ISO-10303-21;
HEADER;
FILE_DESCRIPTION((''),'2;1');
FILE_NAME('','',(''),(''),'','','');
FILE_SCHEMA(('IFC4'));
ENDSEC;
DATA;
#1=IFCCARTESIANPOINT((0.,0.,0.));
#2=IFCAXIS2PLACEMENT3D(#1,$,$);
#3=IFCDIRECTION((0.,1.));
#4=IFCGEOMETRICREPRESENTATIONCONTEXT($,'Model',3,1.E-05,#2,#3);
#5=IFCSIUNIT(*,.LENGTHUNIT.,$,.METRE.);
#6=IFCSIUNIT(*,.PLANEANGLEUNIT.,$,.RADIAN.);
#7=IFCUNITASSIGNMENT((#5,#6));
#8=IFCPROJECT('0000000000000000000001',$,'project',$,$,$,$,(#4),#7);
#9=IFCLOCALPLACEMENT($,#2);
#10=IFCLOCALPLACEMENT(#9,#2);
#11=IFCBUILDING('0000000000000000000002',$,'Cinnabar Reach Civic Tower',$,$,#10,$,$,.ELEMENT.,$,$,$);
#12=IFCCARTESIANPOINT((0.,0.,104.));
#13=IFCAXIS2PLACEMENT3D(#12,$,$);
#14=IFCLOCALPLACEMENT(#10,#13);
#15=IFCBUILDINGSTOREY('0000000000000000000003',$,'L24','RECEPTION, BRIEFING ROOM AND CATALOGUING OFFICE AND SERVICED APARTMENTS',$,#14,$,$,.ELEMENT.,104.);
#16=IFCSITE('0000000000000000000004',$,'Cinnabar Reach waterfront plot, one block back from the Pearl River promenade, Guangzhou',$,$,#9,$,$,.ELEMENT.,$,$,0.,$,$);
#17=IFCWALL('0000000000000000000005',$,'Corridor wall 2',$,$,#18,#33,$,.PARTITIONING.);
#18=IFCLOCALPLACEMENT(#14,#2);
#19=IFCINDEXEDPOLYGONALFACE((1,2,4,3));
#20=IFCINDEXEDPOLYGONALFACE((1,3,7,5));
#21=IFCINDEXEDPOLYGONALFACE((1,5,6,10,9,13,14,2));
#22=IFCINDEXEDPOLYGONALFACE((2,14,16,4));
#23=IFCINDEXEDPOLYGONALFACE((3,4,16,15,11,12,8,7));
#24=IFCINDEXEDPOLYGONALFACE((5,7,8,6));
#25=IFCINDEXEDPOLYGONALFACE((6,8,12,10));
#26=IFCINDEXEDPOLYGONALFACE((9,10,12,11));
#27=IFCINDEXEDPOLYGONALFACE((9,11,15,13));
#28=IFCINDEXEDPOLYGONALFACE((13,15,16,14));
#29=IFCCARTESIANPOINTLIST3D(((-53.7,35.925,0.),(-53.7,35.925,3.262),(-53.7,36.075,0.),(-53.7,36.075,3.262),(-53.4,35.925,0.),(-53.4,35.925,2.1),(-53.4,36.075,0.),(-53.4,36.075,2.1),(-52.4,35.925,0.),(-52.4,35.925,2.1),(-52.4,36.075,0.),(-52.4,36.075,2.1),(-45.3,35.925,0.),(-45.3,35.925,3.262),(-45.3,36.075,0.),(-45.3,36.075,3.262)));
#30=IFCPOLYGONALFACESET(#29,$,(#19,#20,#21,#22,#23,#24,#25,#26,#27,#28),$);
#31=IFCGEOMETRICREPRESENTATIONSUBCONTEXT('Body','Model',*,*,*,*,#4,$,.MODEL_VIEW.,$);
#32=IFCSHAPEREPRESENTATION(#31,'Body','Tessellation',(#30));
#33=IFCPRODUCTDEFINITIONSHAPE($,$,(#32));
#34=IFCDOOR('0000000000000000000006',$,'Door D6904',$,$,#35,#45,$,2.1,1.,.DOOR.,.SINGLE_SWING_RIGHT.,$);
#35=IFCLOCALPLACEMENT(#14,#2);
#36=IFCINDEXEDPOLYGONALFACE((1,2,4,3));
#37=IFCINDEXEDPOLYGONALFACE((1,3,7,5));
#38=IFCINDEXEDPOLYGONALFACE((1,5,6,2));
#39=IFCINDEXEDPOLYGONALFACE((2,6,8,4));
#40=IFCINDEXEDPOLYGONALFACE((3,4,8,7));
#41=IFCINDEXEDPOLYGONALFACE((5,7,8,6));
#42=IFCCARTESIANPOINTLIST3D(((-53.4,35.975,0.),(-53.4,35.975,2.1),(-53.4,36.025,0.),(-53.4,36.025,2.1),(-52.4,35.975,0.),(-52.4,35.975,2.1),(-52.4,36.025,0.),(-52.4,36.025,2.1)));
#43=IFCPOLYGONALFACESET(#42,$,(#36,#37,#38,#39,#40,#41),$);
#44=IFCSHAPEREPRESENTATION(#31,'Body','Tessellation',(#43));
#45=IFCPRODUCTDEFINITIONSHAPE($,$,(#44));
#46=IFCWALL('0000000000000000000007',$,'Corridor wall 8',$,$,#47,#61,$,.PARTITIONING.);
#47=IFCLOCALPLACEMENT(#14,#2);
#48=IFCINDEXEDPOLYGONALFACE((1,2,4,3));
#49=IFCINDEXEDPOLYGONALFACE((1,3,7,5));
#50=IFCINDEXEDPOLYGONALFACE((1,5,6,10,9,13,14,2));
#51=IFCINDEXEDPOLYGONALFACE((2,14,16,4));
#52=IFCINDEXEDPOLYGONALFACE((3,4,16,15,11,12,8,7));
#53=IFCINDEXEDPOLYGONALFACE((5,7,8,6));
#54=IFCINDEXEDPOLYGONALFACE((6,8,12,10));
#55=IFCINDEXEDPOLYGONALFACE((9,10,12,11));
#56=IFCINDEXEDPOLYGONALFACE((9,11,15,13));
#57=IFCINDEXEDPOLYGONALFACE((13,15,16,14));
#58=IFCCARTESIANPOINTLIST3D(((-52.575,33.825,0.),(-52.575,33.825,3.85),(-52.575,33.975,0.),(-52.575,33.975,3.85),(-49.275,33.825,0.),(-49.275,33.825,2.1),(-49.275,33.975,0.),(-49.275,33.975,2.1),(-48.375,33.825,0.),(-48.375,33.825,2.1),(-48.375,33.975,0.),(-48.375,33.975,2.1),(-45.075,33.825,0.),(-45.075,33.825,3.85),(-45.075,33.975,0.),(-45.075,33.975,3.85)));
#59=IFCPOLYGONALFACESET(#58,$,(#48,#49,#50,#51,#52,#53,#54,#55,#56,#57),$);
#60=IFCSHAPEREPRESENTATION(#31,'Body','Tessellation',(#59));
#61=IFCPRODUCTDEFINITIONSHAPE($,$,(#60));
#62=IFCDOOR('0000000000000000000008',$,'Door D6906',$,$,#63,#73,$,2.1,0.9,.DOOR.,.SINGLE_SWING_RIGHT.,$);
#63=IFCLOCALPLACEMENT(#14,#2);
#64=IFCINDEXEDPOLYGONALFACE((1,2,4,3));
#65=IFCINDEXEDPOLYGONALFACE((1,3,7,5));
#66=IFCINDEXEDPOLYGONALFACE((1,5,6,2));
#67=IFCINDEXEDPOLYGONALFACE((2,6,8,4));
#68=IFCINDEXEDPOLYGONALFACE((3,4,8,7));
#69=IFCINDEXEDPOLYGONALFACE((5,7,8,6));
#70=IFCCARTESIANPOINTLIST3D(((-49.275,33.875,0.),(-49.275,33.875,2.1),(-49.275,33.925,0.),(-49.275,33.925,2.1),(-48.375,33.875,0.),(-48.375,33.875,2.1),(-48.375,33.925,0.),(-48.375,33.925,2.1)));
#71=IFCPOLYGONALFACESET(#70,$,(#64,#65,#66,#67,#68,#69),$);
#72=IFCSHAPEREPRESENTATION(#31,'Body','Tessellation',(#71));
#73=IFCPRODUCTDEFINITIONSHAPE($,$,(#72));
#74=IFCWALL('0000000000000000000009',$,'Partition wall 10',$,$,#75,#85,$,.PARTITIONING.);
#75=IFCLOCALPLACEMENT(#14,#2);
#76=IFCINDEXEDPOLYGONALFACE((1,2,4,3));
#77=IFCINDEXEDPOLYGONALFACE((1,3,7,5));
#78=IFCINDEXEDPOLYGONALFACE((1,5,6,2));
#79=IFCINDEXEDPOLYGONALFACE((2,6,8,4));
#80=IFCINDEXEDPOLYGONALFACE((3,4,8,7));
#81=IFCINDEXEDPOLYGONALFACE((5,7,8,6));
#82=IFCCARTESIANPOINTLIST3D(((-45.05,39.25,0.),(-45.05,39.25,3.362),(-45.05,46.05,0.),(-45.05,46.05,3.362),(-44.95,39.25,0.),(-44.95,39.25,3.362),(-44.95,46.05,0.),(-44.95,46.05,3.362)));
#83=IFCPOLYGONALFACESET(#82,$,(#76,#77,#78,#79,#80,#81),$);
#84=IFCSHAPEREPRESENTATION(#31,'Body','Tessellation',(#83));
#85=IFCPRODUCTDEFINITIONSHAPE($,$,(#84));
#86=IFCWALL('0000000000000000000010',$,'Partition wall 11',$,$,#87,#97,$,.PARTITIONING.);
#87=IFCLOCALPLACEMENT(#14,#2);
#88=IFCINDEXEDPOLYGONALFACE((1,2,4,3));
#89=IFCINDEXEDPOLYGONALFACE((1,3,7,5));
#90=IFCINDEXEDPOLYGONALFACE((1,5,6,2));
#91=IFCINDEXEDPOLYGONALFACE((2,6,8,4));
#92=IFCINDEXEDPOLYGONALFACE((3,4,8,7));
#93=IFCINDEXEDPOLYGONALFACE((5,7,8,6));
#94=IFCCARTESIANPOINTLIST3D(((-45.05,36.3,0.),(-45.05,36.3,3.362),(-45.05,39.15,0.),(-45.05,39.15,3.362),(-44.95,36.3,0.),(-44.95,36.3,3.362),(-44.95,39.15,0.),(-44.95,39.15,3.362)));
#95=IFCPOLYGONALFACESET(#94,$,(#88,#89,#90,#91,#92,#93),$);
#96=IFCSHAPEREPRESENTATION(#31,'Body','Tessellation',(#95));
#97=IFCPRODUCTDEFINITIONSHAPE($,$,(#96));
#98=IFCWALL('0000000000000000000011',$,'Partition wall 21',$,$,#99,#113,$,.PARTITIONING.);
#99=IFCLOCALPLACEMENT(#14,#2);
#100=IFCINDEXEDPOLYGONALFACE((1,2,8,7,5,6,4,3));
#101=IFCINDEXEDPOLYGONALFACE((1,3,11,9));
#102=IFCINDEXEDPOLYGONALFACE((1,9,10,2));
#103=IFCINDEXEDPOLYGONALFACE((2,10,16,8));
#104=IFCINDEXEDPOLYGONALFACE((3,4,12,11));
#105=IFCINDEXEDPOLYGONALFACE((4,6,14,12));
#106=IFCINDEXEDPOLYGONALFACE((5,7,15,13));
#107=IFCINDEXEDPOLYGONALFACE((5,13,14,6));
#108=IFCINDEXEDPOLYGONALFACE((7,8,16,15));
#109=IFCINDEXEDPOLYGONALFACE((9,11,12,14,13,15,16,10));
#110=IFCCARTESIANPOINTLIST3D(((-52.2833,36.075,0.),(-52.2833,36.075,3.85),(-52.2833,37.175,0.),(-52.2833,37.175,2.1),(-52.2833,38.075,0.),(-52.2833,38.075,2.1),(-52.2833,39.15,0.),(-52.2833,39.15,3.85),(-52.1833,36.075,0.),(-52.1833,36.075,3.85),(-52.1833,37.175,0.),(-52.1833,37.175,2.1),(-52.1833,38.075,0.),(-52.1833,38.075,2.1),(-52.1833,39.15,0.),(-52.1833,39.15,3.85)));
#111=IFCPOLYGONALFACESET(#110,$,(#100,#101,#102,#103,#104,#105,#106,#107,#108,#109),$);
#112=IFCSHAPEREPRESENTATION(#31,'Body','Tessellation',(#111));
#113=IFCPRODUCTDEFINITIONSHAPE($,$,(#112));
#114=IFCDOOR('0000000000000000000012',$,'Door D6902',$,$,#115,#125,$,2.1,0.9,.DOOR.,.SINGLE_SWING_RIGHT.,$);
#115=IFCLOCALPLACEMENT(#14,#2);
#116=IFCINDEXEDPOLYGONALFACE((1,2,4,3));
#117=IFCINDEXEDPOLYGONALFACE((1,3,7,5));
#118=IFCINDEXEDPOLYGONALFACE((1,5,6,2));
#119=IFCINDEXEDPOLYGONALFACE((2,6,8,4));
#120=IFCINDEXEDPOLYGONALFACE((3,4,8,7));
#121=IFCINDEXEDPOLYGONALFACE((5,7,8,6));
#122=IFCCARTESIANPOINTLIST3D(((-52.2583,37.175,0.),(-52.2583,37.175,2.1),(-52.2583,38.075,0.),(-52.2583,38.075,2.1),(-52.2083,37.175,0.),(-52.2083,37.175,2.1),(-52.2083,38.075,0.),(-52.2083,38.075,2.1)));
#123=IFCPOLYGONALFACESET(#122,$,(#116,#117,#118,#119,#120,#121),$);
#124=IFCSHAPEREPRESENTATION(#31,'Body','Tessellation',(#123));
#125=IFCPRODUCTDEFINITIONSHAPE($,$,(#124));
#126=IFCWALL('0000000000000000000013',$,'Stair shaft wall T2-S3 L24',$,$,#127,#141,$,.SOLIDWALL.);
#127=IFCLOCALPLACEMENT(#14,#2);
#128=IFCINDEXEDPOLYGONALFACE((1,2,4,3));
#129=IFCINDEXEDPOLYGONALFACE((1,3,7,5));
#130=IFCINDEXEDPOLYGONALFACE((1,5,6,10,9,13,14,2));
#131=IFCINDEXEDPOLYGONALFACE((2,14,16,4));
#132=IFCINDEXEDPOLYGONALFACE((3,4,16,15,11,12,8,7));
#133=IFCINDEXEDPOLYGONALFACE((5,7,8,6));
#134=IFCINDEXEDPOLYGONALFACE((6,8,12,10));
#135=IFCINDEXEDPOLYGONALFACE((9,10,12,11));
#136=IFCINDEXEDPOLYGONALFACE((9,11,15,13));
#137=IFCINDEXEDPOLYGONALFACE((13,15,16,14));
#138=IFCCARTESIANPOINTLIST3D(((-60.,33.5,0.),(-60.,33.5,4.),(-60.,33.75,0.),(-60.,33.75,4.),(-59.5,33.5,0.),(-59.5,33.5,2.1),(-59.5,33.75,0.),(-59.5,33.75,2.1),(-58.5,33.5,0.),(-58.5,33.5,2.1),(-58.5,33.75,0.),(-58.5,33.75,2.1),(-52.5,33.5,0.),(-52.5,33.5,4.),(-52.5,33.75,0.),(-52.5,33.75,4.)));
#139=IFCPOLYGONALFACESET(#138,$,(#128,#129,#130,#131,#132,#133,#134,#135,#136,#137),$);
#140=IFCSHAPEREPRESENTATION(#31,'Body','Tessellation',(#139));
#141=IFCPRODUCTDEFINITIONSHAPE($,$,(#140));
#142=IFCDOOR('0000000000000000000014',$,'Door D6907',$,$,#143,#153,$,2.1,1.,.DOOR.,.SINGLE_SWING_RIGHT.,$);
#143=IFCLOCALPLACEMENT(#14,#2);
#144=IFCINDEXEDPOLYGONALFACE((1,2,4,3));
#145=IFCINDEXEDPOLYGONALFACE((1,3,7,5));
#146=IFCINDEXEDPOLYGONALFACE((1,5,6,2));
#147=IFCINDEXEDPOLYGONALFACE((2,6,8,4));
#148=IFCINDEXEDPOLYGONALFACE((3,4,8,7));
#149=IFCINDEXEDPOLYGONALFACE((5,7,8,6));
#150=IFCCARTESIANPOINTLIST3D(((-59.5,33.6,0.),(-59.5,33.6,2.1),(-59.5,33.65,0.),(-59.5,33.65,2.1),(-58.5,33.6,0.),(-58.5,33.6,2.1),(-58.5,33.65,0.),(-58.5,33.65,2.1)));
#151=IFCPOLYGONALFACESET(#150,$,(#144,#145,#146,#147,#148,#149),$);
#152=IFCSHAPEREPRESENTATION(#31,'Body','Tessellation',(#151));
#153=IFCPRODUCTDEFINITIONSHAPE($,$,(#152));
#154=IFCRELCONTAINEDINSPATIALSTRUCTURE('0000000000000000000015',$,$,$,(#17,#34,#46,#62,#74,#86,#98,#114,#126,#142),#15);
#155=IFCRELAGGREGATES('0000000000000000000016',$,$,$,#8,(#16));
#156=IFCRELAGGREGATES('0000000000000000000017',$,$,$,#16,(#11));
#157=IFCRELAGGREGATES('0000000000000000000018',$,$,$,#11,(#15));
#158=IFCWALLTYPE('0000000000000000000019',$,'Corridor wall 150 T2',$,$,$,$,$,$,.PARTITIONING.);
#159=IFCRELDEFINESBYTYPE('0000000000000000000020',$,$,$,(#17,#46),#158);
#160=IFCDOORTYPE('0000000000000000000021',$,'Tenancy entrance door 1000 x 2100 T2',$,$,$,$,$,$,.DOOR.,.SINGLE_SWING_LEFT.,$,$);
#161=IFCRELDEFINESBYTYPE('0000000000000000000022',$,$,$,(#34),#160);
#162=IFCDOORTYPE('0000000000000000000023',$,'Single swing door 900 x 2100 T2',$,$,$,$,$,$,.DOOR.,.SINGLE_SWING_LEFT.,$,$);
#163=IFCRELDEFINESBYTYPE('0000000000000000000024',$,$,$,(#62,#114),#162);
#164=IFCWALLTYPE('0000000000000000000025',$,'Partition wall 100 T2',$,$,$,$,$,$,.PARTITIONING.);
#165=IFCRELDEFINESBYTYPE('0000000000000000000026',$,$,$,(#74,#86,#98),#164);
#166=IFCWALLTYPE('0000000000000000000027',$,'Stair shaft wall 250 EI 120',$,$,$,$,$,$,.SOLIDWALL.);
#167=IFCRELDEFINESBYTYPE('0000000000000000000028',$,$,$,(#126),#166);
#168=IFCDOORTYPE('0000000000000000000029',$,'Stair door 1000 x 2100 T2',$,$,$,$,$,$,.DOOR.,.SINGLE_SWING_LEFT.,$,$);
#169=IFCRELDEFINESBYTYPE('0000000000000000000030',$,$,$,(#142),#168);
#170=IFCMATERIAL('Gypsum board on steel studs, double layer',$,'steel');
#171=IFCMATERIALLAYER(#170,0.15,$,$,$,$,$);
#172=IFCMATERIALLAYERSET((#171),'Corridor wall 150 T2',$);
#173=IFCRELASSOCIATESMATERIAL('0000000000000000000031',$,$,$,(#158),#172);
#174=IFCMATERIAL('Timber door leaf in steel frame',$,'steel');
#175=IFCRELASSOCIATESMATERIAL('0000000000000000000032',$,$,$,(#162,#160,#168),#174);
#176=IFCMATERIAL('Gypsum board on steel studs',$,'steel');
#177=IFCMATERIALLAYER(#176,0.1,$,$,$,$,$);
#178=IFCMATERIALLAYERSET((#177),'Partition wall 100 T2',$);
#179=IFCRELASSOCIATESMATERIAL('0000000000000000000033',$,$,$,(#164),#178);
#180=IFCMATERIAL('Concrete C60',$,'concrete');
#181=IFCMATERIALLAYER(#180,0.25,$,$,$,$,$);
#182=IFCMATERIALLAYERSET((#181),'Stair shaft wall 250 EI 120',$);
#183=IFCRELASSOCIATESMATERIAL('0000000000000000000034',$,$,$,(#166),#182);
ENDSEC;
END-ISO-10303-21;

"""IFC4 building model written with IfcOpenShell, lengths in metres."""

from ifc_helpers import new_model, si_unit, direction, frame, frame_2d, origin, place, context, subcontext, project, spatial, rectangle, extrude, material, layer, layer_set, type_object, element, fill, save


model = new_model("IFC4")

# Units and contexts
model_context = context("Model", 3, precision=1e-05, world=origin(), true_north=direction((0.0, 1.0)))
body_context = subcontext(model_context, "Body", "Model", "MODEL_VIEW")
ifc_project = project(units=[si_unit("LENGTHUNIT", "METRE"), si_unit("PLANEANGLEUNIT", "RADIAN")], contexts=[model_context])

# Site, building, storey
site_placement = place(None, origin())
site = spatial("IfcSite", under=ifc_project, at=site_placement, Name="Cinnabar Reach waterfront plot, one block back from the Pearl River promenade, Guangzhou", CompositionType="ELEMENT", RefElevation=0.0)
building_placement = place(site_placement, origin())
building = spatial("IfcBuilding", under=site, at=building_placement, Name="Cinnabar Reach Civic Tower", CompositionType="ELEMENT")
storey_placement = place(building_placement, frame((0.0, 0.0, 104.0)))
storey = spatial("IfcBuildingStorey", under=building, at=storey_placement, Name="L24", Description="RECEPTION, BRIEFING ROOM AND CATALOGUING OFFICE AND SERVICED APARTMENTS", CompositionType="ELEMENT", Elevation=104.0)

# Shared definitions
ifc_material_1 = material(Name="Concrete C60", Category="concrete")

# Walls, openings, doors
ifc_material_2 = material(Name="Gypsum board on steel studs, double layer", Category="steel")
ifc_layer_1 = layer(ifc_material_2, 0.15)
ifc_layer_set_1 = layer_set([ifc_layer_1], Name="Corridor wall 150 T2")
wall_type_1 = type_object("IfcWallType", Name="Corridor wall 150 T2", PredefinedType="PARTITIONING", material=ifc_layer_set_1)
ifc_material_3 = material(Name="Timber door leaf in steel frame", Category="steel")
door_type_1 = type_object("IfcDoorType", Name="Single swing door 900 x 2100 T2", OperationType="SINGLE_SWING_LEFT", PredefinedType="DOOR", material=ifc_material_3)
wall_1_placement = place(storey_placement, frame((-53.7, 36.0, 0.0), z_axis=(0.0, 0.0, 1.0), x_axis=(1.0, 0.0, 0.0)))
wall_1 = element("IfcWall", 1, at=wall_1_placement, inside=storey, type_object=wall_type_1, Name="Corridor wall 2", PredefinedType="PARTITIONING", context=body_context, shape_type="SweptSolid", body=[
    extrude(rectangle(XDim=8.4, YDim=0.15, at=frame_2d((4.2, 0.0))), origin(), (0.0, 0.0, 1.0), 3.262),
])
opening_1_placement = place(wall_1_placement, frame((0.3, 0.0, 0.0)))
opening_1 = element("IfcOpeningElement", 2, at=opening_1_placement, cuts=wall_1, PredefinedType="OPENING", context=body_context, shape_type="SweptSolid", body=[
    extrude(rectangle(XDim=1.0, YDim=2.1, at=frame_2d((0.5, 1.05))), frame((0.0, 0.085, 0.0), z_axis=(0.0, -1.0, 0.0), x_axis=(1.0, 0.0, 0.0)), (0.0, 0.0, 1.0), 0.17),
])
door_type_2 = type_object("IfcDoorType", Name="Tenancy entrance door 1000 x 2100 T2", OperationType="SINGLE_SWING_LEFT", PredefinedType="DOOR", material=ifc_material_3)
door_1_placement = place(opening_1_placement, origin())
door_1 = element("IfcDoor", 3, at=door_1_placement, inside=storey, type_object=door_type_2, Name="Door D6904", OperationType="SINGLE_SWING_RIGHT", OverallHeight=2.1, OverallWidth=1.0, PredefinedType="DOOR", context=body_context, shape_type="SweptSolid", body=[
    extrude(rectangle(XDim=1.0, YDim=2.1, at=frame_2d((0.5, 1.05))), frame((0.0, 0.025, 0.0), z_axis=(0.0, -1.0, 0.0), x_axis=(1.0, 0.0, 0.0)), (0.0, 0.0, 1.0), 0.05),
])
fill(opening_1, door_1)
wall_2_placement = place(storey_placement, frame((-52.575, 33.9, 0.0), z_axis=(0.0, 0.0, 1.0), x_axis=(1.0, 0.0, 0.0)))
wall_2 = element("IfcWall", 4, at=wall_2_placement, inside=storey, type_object=wall_type_1, Name="Corridor wall 8", PredefinedType="PARTITIONING", context=body_context, shape_type="SweptSolid", body=[
    extrude(rectangle(XDim=7.5, YDim=0.15, at=frame_2d((3.75, 0.0))), origin(), (0.0, 0.0, 1.0), 3.85),
])
opening_2_placement = place(wall_2_placement, frame((3.3, 0.0, 0.0)))
opening_2 = element("IfcOpeningElement", 5, at=opening_2_placement, cuts=wall_2, PredefinedType="OPENING", context=body_context, shape_type="SweptSolid", body=[
    extrude(rectangle(XDim=0.9, YDim=2.1, at=frame_2d((0.45, 1.05))), frame((0.0, 0.085, 0.0), z_axis=(0.0, -1.0, 0.0), x_axis=(1.0, 0.0, 0.0)), (0.0, 0.0, 1.0), 0.17),
])
door_2_placement = place(opening_2_placement, frame((0.9, 0.0, 0.0), z_axis=(0.0, 0.0, 1.0), x_axis=(-1.0, 0.0, 0.0)))
door_2 = element("IfcDoor", 6, at=door_2_placement, inside=storey, type_object=door_type_1, Name="Door D6906", OperationType="SINGLE_SWING_RIGHT", OverallHeight=2.1, OverallWidth=0.9, PredefinedType="DOOR", context=body_context, shape_type="SweptSolid", body=[
    extrude(rectangle(XDim=0.9, YDim=2.1, at=frame_2d((0.45, 1.05))), frame((0.0, 0.025, 0.0), z_axis=(0.0, -1.0, 0.0), x_axis=(1.0, 0.0, 0.0)), (0.0, 0.0, 1.0), 0.05),
])
fill(opening_2, door_2)

# Walls
ifc_material_4 = material(Name="Gypsum board on steel studs", Category="steel")
ifc_layer_2 = layer(ifc_material_4, 0.1)
ifc_layer_set_2 = layer_set([ifc_layer_2], Name="Partition wall 100 T2")
wall_type_2 = type_object("IfcWallType", Name="Partition wall 100 T2", PredefinedType="PARTITIONING", material=ifc_layer_set_2)
wall_3_placement = place(storey_placement, frame((-45.0, 39.25, 0.0), z_axis=(0.0, 0.0, 1.0), x_axis=(0.0, 1.0, 0.0)))
element("IfcWall", 7, at=wall_3_placement, inside=storey, type_object=wall_type_2, Name="Partition wall 10", PredefinedType="PARTITIONING", context=body_context, shape_type="SweptSolid", body=[
    extrude(rectangle(XDim=6.8, YDim=0.1, at=frame_2d((3.4, 0.0))), origin(), (0.0, 0.0, 1.0), 3.362),
])
wall_4_placement = place(storey_placement, frame((-45.0, 36.3, 0.0), z_axis=(0.0, 0.0, 1.0), x_axis=(0.0, 1.0, 0.0)))
element("IfcWall", 8, at=wall_4_placement, inside=storey, type_object=wall_type_2, Name="Partition wall 11", PredefinedType="PARTITIONING", context=body_context, shape_type="SweptSolid", body=[
    extrude(rectangle(XDim=2.85, YDim=0.1, at=frame_2d((1.425, 0.0))), origin(), (0.0, 0.0, 1.0), 3.362),
])

# Walls, openings, doors
wall_5_placement = place(storey_placement, frame((-52.2333, 36.075, 0.0), z_axis=(0.0, 0.0, 1.0), x_axis=(0.0, 1.0, 0.0)))
wall_5 = element("IfcWall", 9, at=wall_5_placement, inside=storey, type_object=wall_type_2, Name="Partition wall 21", PredefinedType="PARTITIONING", context=body_context, shape_type="SweptSolid", body=[
    extrude(rectangle(XDim=3.075, YDim=0.1, at=frame_2d((1.5375, 0.0))), origin(), (0.0, 0.0, 1.0), 3.85),
])
opening_3_placement = place(wall_5_placement, frame((1.1, 0.0, 0.0)))
opening_3 = element("IfcOpeningElement", 10, at=opening_3_placement, cuts=wall_5, PredefinedType="OPENING", context=body_context, shape_type="SweptSolid", body=[
    extrude(rectangle(XDim=0.9, YDim=2.1, at=frame_2d((0.45, 1.05))), frame((0.0, 0.06, 0.0), z_axis=(0.0, -1.0, 0.0), x_axis=(1.0, 0.0, 0.0)), (0.0, 0.0, 1.0), 0.12),
])
door_3_placement = place(opening_3_placement, origin())
door_3 = element("IfcDoor", 11, at=door_3_placement, inside=storey, type_object=door_type_1, Name="Door D6902", OperationType="SINGLE_SWING_RIGHT", OverallHeight=2.1, OverallWidth=0.9, PredefinedType="DOOR", context=body_context, shape_type="SweptSolid", body=[
    extrude(rectangle(XDim=0.9, YDim=2.1, at=frame_2d((0.45, 1.05))), frame((0.0, 0.025, 0.0), z_axis=(0.0, -1.0, 0.0), x_axis=(1.0, 0.0, 0.0)), (0.0, 0.0, 1.0), 0.05),
])
fill(opening_3, door_3)
ifc_layer_3 = layer(ifc_material_1, 0.25)
ifc_layer_set_3 = layer_set([ifc_layer_3], Name="Stair shaft wall 250 EI 120")
wall_type_3 = type_object("IfcWallType", Name="Stair shaft wall 250 EI 120", PredefinedType="SOLIDWALL", material=ifc_layer_set_3)
wall_6_placement = place(storey_placement, frame((-52.5, 33.625, 0.0), z_axis=(0.0, 0.0, 1.0), x_axis=(-1.0, 0.0, 0.0)))
wall_6 = element("IfcWall", 12, at=wall_6_placement, inside=storey, type_object=wall_type_3, Name="Stair shaft wall T2-S3 L24", PredefinedType="SOLIDWALL", context=body_context, shape_type="SweptSolid", body=[
    extrude(rectangle(XDim=7.5, YDim=0.25, at=frame_2d((3.75, 0.0))), origin(), (0.0, 0.0, 1.0), 4.0),
])
opening_4_placement = place(wall_6_placement, frame((6.0, 0.0, 0.0)))
opening_4 = element("IfcOpeningElement", 13, at=opening_4_placement, cuts=wall_6, PredefinedType="OPENING", context=body_context, shape_type="SweptSolid", body=[
    extrude(rectangle(XDim=1.0, YDim=2.1, at=frame_2d((0.5, 1.05))), frame((0.0, 0.135, 0.0), z_axis=(0.0, -1.0, 0.0), x_axis=(1.0, 0.0, 0.0)), (0.0, 0.0, 1.0), 0.27),
])
door_type_3 = type_object("IfcDoorType", Name="Stair door 1000 x 2100 T2", OperationType="SINGLE_SWING_LEFT", PredefinedType="DOOR", material=ifc_material_3)
door_4_placement = place(opening_4_placement, origin())
door_4 = element("IfcDoor", 14, at=door_4_placement, inside=storey, type_object=door_type_3, Name="Door D6907", OperationType="SINGLE_SWING_RIGHT", OverallHeight=2.1, OverallWidth=1.0, PredefinedType="DOOR", context=body_context, shape_type="SweptSolid", body=[
    extrude(rectangle(XDim=1.0, YDim=2.1, at=frame_2d((0.5, 1.05))), frame((0.0, 0.025, 0.0), z_axis=(0.0, -1.0, 0.0), x_axis=(1.0, 0.0, 0.0)), (0.0, 0.0, 1.0), 0.05),
])
fill(opening_4, door_4)

save(model, "model.ifc")
